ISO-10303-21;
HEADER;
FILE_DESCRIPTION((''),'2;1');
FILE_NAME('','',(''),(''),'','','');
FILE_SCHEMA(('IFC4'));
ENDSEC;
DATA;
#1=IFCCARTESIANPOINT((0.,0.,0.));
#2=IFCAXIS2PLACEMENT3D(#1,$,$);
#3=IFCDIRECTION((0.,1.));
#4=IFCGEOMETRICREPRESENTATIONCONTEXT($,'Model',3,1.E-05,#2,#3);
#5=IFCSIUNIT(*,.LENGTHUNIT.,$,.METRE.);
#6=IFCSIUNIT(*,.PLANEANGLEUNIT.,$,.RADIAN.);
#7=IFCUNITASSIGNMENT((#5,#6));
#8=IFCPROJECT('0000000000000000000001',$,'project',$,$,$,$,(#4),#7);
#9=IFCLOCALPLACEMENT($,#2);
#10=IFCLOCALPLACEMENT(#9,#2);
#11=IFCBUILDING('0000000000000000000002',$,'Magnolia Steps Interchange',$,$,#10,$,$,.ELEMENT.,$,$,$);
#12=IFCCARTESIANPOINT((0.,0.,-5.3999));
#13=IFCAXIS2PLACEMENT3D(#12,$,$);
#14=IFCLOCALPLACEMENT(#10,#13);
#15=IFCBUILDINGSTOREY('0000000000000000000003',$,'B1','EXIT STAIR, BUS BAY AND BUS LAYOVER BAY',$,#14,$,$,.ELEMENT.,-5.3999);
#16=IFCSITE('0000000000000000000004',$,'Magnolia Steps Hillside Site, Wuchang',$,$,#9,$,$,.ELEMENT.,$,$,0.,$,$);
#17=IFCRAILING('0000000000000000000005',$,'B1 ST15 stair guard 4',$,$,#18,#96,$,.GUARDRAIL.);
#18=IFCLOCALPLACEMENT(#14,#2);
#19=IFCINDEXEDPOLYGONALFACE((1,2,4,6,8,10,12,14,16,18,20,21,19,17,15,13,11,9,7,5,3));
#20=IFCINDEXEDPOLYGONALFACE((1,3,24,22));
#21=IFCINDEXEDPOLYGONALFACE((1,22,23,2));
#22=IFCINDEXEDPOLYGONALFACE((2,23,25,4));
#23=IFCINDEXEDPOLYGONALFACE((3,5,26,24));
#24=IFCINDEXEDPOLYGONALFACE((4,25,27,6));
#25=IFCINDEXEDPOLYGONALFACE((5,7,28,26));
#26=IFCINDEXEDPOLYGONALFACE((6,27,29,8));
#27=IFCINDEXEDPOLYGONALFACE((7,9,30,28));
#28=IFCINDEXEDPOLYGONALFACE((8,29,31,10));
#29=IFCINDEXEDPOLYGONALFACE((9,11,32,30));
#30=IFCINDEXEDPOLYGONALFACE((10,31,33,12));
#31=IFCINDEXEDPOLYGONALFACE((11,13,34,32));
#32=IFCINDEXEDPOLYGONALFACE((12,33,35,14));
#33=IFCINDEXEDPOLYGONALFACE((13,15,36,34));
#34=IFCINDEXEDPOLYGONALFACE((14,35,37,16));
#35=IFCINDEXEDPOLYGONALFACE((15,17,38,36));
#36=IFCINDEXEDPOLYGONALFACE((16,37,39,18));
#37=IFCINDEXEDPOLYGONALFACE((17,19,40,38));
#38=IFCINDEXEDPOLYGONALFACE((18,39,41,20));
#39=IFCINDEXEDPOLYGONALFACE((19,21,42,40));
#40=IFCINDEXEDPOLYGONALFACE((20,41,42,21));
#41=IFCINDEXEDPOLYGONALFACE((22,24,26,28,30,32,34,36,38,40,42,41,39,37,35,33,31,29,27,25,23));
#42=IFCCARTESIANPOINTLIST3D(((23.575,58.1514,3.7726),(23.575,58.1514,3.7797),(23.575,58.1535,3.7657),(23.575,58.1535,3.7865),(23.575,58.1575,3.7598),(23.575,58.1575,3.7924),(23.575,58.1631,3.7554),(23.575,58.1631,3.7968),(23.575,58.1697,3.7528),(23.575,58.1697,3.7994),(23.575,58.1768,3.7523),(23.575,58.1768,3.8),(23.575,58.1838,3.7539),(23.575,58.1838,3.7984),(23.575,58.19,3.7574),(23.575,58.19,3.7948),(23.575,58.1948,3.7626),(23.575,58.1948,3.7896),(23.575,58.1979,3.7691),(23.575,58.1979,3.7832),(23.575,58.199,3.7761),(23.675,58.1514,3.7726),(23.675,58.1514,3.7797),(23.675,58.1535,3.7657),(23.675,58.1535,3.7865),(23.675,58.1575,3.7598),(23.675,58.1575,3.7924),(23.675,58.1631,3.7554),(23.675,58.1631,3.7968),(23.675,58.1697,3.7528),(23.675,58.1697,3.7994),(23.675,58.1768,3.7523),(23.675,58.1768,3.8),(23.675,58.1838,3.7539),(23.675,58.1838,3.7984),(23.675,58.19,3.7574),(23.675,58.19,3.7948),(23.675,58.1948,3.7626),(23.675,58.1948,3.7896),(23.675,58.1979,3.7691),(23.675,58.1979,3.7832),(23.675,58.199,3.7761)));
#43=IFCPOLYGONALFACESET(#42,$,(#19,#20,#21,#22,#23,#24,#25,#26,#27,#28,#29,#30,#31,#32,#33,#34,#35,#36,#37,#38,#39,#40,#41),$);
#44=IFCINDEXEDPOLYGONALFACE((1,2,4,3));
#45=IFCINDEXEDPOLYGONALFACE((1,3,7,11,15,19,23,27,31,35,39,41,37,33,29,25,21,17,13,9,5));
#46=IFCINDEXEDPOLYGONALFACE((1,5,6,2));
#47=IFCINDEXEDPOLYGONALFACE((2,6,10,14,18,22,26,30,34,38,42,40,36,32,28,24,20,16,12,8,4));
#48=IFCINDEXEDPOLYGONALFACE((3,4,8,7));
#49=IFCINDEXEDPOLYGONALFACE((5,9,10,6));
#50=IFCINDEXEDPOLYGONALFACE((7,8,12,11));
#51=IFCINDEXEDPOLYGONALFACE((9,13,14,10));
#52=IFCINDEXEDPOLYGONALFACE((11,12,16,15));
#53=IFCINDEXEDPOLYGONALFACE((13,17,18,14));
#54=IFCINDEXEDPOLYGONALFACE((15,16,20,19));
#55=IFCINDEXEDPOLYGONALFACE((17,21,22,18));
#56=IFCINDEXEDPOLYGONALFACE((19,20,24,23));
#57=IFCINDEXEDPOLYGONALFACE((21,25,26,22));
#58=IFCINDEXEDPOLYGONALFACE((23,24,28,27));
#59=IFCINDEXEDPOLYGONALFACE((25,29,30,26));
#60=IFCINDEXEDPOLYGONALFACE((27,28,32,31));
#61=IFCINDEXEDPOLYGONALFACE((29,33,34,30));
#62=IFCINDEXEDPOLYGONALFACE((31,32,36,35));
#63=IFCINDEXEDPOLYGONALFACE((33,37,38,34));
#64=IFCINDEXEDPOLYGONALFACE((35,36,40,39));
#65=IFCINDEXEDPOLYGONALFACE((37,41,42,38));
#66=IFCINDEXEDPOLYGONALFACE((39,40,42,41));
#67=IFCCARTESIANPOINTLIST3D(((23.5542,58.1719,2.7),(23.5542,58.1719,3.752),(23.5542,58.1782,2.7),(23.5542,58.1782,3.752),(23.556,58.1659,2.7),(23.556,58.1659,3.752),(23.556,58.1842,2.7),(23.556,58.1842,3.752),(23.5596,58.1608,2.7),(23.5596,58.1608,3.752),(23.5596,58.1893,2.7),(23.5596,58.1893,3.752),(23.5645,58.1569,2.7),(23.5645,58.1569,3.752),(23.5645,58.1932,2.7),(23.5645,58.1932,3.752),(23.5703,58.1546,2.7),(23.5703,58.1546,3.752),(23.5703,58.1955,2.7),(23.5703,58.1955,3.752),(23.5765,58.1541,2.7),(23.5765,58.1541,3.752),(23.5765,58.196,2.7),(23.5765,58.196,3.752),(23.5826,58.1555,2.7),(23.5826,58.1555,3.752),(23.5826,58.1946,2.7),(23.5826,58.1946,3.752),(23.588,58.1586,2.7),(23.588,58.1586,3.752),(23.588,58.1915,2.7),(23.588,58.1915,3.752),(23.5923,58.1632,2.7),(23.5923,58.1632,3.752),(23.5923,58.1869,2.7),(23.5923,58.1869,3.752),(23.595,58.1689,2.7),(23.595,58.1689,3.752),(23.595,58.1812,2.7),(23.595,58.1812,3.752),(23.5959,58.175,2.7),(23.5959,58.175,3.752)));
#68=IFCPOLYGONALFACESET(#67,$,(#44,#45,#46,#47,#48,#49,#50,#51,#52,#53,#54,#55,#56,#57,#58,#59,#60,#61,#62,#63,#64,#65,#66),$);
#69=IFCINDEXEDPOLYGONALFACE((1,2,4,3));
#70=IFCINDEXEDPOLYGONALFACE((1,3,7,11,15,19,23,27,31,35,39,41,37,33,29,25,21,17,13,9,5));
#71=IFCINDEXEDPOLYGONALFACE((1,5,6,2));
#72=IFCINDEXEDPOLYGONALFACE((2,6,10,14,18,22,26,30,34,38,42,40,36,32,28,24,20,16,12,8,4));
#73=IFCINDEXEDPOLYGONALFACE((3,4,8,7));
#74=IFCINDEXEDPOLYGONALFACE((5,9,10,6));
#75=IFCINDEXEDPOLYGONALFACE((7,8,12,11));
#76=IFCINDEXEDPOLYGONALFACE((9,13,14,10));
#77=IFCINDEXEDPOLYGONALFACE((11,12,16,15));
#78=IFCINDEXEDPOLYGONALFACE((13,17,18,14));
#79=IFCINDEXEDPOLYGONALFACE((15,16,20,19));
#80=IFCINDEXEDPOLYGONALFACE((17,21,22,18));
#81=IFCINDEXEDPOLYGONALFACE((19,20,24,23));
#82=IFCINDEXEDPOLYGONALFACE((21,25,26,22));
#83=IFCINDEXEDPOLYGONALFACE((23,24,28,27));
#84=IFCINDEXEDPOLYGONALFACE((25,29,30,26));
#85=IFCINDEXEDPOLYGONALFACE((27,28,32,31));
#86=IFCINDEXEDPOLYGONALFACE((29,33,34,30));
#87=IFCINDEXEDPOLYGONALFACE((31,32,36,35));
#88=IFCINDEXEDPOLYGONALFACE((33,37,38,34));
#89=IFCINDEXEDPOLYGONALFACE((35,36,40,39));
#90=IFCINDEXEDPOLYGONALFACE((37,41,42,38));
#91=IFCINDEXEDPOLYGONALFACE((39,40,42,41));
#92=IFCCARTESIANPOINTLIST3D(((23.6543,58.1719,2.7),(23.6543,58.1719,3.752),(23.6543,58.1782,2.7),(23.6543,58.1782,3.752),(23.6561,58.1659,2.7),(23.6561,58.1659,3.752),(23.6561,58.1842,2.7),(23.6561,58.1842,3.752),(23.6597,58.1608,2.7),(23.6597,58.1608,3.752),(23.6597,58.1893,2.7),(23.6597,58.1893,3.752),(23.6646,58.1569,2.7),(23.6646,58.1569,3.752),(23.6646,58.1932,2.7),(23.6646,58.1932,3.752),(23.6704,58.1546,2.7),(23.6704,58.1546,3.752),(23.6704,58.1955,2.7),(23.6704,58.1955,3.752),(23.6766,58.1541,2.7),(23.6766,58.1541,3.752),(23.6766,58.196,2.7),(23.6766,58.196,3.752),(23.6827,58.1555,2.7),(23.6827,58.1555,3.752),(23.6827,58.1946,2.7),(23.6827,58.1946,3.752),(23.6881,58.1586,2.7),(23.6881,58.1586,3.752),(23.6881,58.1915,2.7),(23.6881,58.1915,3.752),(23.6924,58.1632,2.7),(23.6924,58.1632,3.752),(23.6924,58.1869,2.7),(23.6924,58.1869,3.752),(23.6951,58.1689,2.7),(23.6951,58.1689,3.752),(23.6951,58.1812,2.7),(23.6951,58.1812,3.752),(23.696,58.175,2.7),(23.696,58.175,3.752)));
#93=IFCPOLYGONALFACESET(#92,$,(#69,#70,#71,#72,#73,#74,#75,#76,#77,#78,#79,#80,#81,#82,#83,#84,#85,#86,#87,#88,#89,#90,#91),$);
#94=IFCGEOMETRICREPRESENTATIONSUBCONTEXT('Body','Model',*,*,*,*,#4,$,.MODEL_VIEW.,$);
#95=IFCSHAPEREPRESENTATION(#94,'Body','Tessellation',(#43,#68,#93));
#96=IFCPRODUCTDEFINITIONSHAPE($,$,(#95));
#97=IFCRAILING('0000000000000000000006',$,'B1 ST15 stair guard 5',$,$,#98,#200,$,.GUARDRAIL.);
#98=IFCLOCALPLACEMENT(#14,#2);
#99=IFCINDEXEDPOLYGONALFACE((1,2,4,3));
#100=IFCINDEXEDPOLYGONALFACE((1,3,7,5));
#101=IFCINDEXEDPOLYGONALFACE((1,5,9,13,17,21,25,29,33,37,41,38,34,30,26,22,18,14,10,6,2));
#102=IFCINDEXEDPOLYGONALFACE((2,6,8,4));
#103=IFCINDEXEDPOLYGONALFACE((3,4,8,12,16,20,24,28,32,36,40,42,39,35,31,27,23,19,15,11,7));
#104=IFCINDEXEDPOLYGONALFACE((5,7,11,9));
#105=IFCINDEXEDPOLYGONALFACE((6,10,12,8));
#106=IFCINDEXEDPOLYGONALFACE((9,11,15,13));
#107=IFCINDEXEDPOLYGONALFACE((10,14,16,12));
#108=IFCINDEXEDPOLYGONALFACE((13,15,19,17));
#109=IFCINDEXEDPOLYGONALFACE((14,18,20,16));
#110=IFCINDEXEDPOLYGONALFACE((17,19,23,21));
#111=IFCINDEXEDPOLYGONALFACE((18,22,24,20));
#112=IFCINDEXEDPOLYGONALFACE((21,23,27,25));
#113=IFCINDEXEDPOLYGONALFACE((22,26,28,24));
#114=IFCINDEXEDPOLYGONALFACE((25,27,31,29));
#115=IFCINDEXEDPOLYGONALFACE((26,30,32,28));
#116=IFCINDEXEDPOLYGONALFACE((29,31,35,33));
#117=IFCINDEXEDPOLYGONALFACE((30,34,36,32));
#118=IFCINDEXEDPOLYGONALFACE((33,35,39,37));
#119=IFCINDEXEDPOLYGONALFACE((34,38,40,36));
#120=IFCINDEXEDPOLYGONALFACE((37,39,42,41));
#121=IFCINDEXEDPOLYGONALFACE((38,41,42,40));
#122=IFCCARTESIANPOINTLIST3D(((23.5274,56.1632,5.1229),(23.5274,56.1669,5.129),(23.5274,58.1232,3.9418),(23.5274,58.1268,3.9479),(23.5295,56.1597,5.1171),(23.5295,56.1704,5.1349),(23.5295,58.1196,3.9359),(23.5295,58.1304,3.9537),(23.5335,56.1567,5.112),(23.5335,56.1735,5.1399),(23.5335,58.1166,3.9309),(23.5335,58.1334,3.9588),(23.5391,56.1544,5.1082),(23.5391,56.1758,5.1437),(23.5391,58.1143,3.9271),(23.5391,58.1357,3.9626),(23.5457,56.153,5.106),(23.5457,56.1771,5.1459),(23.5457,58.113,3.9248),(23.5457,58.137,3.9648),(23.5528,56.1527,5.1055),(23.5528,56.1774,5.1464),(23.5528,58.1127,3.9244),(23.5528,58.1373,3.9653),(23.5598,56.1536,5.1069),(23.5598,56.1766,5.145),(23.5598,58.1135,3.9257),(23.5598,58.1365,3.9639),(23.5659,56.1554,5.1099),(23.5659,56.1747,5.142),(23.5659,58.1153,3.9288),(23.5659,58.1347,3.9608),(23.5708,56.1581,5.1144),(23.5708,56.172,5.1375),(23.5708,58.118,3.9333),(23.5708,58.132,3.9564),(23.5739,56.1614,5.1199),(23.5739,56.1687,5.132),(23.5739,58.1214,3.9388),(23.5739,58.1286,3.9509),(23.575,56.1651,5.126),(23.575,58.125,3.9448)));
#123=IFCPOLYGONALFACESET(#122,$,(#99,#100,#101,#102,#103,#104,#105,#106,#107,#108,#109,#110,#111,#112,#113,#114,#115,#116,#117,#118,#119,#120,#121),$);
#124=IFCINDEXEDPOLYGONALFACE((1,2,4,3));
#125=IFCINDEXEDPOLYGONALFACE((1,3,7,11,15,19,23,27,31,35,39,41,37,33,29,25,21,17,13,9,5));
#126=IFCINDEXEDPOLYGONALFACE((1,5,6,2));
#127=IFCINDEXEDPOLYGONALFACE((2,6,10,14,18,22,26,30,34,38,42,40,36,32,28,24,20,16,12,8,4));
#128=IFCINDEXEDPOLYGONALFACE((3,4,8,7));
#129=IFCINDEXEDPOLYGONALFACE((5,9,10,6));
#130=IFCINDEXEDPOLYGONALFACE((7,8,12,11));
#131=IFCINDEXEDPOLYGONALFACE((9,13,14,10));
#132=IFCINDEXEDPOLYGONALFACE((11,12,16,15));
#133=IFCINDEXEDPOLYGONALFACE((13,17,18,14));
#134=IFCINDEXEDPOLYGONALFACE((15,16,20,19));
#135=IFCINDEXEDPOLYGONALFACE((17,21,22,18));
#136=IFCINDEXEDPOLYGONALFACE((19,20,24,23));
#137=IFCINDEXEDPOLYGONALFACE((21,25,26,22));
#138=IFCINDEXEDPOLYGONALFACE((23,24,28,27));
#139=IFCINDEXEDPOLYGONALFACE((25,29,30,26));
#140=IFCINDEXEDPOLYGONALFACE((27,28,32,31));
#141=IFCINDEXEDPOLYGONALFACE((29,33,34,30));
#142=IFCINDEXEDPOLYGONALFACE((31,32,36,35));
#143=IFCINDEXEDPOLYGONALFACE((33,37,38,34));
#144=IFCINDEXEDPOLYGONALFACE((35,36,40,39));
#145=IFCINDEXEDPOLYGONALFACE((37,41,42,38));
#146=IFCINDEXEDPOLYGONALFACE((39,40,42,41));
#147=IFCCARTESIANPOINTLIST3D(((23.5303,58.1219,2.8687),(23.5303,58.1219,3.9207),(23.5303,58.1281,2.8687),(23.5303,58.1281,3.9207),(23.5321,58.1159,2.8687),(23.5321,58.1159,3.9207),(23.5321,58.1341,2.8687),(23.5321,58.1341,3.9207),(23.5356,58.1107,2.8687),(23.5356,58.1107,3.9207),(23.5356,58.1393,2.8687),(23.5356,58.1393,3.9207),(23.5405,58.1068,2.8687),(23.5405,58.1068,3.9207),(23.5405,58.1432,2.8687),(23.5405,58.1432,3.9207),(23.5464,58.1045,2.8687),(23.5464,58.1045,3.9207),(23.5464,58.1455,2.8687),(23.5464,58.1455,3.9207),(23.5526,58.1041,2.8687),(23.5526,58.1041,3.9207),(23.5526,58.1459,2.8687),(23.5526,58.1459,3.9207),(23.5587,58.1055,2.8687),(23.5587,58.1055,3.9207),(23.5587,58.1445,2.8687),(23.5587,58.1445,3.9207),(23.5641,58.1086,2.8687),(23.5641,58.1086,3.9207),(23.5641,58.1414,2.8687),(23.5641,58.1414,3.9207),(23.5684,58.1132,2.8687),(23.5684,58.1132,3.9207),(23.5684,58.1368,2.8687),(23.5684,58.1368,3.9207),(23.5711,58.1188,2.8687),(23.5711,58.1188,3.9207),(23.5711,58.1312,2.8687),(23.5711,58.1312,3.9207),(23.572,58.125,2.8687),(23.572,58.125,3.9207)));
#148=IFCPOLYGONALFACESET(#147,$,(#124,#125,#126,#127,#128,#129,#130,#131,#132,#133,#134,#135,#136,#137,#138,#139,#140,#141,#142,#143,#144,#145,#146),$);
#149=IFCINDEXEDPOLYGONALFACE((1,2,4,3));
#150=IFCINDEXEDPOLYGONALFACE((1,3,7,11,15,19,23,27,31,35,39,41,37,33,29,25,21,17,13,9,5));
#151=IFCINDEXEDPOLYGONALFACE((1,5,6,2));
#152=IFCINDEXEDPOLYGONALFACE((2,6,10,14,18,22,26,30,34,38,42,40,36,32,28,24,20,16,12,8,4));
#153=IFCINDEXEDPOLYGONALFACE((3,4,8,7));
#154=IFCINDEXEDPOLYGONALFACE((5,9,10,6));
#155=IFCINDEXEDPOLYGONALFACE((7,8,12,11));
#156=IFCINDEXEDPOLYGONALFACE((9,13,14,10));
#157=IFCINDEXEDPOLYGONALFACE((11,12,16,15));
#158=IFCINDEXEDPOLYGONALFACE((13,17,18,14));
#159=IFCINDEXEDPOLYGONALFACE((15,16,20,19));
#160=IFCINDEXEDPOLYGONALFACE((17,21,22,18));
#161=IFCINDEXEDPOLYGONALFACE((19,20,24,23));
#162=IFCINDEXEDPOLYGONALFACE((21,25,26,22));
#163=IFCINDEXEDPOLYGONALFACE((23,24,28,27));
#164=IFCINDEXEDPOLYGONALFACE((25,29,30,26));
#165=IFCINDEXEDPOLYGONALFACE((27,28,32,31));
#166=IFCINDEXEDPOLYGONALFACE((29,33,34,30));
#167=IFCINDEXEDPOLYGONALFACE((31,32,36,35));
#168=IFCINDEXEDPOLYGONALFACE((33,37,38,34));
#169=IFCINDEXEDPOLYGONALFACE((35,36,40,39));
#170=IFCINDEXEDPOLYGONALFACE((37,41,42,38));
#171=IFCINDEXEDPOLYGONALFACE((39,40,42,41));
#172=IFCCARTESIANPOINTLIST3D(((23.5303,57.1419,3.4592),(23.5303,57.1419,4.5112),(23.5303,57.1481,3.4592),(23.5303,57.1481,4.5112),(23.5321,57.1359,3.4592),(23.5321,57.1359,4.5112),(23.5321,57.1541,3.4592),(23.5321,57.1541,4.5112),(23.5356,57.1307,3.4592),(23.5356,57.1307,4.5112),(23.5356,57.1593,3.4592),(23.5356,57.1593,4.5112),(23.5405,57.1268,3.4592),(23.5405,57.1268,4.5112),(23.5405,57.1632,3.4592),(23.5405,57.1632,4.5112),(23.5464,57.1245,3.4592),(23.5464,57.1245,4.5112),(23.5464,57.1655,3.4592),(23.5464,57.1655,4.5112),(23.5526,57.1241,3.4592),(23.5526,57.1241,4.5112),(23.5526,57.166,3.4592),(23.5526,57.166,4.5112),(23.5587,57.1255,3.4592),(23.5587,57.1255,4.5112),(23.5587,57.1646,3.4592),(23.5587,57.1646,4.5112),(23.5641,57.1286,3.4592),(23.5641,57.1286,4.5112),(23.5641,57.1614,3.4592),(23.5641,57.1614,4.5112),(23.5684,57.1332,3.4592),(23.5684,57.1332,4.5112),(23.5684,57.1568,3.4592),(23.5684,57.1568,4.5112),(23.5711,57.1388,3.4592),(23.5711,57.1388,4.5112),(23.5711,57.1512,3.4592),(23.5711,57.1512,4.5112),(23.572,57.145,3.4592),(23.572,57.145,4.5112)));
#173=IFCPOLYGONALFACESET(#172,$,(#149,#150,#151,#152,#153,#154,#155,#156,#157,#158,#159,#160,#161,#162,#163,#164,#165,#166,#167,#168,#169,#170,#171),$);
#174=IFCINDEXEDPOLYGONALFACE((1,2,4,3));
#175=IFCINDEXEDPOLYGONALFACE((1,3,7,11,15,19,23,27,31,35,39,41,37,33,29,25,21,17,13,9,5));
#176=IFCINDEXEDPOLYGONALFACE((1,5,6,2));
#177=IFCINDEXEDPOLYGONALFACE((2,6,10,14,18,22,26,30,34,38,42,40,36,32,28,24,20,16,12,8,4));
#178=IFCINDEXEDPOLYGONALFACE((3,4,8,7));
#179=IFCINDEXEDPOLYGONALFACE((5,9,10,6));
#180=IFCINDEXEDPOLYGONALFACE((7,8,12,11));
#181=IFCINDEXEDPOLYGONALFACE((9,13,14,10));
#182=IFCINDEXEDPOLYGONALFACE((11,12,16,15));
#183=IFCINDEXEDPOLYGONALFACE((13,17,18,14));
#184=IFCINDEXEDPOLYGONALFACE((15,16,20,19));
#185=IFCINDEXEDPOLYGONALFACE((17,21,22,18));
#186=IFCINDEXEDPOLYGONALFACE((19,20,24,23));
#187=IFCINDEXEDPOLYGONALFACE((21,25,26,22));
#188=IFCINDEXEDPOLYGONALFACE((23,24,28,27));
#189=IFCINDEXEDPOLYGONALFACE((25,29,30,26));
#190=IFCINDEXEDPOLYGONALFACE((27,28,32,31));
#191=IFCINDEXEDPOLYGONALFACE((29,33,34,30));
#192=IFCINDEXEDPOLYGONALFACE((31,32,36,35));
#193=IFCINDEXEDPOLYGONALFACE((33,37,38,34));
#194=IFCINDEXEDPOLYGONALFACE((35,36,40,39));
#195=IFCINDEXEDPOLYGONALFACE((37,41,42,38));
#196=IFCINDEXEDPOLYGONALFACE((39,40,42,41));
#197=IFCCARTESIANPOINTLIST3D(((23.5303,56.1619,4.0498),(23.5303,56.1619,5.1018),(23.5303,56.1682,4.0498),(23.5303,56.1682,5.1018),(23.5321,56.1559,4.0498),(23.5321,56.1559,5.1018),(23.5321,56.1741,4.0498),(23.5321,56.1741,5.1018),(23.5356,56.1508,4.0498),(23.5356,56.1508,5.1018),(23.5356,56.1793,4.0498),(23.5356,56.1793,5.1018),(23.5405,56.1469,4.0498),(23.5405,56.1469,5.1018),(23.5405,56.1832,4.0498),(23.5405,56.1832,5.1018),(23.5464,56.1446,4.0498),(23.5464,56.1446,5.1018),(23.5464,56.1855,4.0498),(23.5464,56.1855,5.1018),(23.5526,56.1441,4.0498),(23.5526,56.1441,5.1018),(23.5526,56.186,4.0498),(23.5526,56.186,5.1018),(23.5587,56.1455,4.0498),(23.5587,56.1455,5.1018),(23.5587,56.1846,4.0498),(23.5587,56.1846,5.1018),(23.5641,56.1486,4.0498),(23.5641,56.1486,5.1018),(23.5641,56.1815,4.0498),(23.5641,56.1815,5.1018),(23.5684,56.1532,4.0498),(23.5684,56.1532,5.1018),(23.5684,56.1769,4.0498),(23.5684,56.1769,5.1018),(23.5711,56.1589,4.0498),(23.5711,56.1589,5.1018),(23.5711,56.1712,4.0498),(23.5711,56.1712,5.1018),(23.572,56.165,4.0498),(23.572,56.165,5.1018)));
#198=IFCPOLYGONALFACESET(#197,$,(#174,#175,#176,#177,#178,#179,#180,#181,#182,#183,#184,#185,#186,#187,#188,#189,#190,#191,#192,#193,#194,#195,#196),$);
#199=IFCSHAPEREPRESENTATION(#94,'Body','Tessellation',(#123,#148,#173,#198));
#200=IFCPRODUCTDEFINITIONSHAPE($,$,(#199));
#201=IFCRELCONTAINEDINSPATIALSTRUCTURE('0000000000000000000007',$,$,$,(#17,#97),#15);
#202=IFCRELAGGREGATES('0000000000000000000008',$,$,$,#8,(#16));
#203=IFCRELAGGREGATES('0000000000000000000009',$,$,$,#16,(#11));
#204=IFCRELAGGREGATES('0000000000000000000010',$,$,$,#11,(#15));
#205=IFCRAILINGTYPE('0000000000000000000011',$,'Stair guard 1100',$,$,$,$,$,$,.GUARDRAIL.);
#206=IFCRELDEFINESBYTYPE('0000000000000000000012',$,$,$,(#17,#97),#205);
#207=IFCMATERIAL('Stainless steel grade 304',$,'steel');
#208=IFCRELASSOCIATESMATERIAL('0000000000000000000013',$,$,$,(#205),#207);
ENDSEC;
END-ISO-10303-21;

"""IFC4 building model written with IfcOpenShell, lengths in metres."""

from ifc_helpers import new_model, si_unit, direction, frame, origin, origin_2d, place, context, subcontext, project, spatial, circle, extrude, material, type_object, element, save


model = new_model("IFC4")

# Units and contexts
model_context = context("Model", 3, precision=1e-05, world=origin(), true_north=direction((0.0, 1.0)))
body_context = subcontext(model_context, "Body", "Model", "MODEL_VIEW")
ifc_project = project(units=[si_unit("LENGTHUNIT", "METRE"), si_unit("PLANEANGLEUNIT", "RADIAN")], contexts=[model_context])

# Site, building, storey
site_placement = place(None, origin())
site = spatial("IfcSite", under=ifc_project, at=site_placement, Name="Magnolia Steps Hillside Site, Wuchang", CompositionType="ELEMENT", RefElevation=0.0)
building_placement = place(site_placement, origin())
building = spatial("IfcBuilding", under=site, at=building_placement, Name="Magnolia Steps Interchange", CompositionType="ELEMENT")
storey_placement = place(building_placement, frame((0.0, 0.0, -5.3999)))
storey = spatial("IfcBuildingStorey", under=building, at=storey_placement, Name="B1", Description="EXIT STAIR, BUS BAY AND BUS LAYOVER BAY", CompositionType="ELEMENT", Elevation=-5.3999)

# Railings
ifc_material_1 = material(Name="Stainless steel grade 304", Category="steel")
railing_type_1 = type_object("IfcRailingType", Name="Stair guard 1100", PredefinedType="GUARDRAIL", material=ifc_material_1)
railing_1_placement = place(storey_placement, frame((23.575, 58.175, 2.7)))
element("IfcRailing", 1, at=railing_1_placement, inside=storey, type_object=railing_type_1, Name="B1 ST15 stair guard 4", PredefinedType="GUARDRAIL", context=body_context, shape_type="SweptSolid", body=[
    extrude(circle(Radius=0.0239, at=origin_2d()), frame((0.0, 0.0, 1.0762), z_axis=(1.0, 0.0, 0.0), x_axis=(0.0, 1.0, 0.0)), (0.0, 0.0, 1.0), 0.1001),
    extrude(circle(Radius=0.021, at=origin_2d()), origin(), (0.0, 0.0, 1.0), 1.052),
    extrude(circle(Radius=0.021, at=origin_2d()), frame((0.1001, 0.0, 0.0)), (0.0, 0.0, 1.0), 1.052),
])
railing_2_placement = place(storey_placement, frame((23.551, 58.125, 2.8687)))
element("IfcRailing", 2, at=railing_2_placement, inside=storey, type_object=railing_type_1, Name="B1 ST15 stair guard 5", PredefinedType="GUARDRAIL", context=body_context, shape_type="SweptSolid", body=[
    extrude(circle(Radius=0.0239, at=origin_2d()), frame((0.0, 0.0, 1.0762), z_axis=(0.0, -0.856493, 0.516158), x_axis=(1.0, 0.0, 0.0)), (0.0, 0.0, 1.0), 2.2883),
    extrude(circle(Radius=0.021, at=origin_2d()), origin(), (0.0, 0.0, 1.0), 1.052),
    extrude(circle(Radius=0.021, at=origin_2d()), frame((0.0, -0.98, 0.5906)), (0.0, 0.0, 1.0), 1.052),
    extrude(circle(Radius=0.021, at=origin_2d()), frame((0.0, -1.96, 1.1812)), (0.0, 0.0, 1.0), 1.052),
])

save(model, "model.ifc")
